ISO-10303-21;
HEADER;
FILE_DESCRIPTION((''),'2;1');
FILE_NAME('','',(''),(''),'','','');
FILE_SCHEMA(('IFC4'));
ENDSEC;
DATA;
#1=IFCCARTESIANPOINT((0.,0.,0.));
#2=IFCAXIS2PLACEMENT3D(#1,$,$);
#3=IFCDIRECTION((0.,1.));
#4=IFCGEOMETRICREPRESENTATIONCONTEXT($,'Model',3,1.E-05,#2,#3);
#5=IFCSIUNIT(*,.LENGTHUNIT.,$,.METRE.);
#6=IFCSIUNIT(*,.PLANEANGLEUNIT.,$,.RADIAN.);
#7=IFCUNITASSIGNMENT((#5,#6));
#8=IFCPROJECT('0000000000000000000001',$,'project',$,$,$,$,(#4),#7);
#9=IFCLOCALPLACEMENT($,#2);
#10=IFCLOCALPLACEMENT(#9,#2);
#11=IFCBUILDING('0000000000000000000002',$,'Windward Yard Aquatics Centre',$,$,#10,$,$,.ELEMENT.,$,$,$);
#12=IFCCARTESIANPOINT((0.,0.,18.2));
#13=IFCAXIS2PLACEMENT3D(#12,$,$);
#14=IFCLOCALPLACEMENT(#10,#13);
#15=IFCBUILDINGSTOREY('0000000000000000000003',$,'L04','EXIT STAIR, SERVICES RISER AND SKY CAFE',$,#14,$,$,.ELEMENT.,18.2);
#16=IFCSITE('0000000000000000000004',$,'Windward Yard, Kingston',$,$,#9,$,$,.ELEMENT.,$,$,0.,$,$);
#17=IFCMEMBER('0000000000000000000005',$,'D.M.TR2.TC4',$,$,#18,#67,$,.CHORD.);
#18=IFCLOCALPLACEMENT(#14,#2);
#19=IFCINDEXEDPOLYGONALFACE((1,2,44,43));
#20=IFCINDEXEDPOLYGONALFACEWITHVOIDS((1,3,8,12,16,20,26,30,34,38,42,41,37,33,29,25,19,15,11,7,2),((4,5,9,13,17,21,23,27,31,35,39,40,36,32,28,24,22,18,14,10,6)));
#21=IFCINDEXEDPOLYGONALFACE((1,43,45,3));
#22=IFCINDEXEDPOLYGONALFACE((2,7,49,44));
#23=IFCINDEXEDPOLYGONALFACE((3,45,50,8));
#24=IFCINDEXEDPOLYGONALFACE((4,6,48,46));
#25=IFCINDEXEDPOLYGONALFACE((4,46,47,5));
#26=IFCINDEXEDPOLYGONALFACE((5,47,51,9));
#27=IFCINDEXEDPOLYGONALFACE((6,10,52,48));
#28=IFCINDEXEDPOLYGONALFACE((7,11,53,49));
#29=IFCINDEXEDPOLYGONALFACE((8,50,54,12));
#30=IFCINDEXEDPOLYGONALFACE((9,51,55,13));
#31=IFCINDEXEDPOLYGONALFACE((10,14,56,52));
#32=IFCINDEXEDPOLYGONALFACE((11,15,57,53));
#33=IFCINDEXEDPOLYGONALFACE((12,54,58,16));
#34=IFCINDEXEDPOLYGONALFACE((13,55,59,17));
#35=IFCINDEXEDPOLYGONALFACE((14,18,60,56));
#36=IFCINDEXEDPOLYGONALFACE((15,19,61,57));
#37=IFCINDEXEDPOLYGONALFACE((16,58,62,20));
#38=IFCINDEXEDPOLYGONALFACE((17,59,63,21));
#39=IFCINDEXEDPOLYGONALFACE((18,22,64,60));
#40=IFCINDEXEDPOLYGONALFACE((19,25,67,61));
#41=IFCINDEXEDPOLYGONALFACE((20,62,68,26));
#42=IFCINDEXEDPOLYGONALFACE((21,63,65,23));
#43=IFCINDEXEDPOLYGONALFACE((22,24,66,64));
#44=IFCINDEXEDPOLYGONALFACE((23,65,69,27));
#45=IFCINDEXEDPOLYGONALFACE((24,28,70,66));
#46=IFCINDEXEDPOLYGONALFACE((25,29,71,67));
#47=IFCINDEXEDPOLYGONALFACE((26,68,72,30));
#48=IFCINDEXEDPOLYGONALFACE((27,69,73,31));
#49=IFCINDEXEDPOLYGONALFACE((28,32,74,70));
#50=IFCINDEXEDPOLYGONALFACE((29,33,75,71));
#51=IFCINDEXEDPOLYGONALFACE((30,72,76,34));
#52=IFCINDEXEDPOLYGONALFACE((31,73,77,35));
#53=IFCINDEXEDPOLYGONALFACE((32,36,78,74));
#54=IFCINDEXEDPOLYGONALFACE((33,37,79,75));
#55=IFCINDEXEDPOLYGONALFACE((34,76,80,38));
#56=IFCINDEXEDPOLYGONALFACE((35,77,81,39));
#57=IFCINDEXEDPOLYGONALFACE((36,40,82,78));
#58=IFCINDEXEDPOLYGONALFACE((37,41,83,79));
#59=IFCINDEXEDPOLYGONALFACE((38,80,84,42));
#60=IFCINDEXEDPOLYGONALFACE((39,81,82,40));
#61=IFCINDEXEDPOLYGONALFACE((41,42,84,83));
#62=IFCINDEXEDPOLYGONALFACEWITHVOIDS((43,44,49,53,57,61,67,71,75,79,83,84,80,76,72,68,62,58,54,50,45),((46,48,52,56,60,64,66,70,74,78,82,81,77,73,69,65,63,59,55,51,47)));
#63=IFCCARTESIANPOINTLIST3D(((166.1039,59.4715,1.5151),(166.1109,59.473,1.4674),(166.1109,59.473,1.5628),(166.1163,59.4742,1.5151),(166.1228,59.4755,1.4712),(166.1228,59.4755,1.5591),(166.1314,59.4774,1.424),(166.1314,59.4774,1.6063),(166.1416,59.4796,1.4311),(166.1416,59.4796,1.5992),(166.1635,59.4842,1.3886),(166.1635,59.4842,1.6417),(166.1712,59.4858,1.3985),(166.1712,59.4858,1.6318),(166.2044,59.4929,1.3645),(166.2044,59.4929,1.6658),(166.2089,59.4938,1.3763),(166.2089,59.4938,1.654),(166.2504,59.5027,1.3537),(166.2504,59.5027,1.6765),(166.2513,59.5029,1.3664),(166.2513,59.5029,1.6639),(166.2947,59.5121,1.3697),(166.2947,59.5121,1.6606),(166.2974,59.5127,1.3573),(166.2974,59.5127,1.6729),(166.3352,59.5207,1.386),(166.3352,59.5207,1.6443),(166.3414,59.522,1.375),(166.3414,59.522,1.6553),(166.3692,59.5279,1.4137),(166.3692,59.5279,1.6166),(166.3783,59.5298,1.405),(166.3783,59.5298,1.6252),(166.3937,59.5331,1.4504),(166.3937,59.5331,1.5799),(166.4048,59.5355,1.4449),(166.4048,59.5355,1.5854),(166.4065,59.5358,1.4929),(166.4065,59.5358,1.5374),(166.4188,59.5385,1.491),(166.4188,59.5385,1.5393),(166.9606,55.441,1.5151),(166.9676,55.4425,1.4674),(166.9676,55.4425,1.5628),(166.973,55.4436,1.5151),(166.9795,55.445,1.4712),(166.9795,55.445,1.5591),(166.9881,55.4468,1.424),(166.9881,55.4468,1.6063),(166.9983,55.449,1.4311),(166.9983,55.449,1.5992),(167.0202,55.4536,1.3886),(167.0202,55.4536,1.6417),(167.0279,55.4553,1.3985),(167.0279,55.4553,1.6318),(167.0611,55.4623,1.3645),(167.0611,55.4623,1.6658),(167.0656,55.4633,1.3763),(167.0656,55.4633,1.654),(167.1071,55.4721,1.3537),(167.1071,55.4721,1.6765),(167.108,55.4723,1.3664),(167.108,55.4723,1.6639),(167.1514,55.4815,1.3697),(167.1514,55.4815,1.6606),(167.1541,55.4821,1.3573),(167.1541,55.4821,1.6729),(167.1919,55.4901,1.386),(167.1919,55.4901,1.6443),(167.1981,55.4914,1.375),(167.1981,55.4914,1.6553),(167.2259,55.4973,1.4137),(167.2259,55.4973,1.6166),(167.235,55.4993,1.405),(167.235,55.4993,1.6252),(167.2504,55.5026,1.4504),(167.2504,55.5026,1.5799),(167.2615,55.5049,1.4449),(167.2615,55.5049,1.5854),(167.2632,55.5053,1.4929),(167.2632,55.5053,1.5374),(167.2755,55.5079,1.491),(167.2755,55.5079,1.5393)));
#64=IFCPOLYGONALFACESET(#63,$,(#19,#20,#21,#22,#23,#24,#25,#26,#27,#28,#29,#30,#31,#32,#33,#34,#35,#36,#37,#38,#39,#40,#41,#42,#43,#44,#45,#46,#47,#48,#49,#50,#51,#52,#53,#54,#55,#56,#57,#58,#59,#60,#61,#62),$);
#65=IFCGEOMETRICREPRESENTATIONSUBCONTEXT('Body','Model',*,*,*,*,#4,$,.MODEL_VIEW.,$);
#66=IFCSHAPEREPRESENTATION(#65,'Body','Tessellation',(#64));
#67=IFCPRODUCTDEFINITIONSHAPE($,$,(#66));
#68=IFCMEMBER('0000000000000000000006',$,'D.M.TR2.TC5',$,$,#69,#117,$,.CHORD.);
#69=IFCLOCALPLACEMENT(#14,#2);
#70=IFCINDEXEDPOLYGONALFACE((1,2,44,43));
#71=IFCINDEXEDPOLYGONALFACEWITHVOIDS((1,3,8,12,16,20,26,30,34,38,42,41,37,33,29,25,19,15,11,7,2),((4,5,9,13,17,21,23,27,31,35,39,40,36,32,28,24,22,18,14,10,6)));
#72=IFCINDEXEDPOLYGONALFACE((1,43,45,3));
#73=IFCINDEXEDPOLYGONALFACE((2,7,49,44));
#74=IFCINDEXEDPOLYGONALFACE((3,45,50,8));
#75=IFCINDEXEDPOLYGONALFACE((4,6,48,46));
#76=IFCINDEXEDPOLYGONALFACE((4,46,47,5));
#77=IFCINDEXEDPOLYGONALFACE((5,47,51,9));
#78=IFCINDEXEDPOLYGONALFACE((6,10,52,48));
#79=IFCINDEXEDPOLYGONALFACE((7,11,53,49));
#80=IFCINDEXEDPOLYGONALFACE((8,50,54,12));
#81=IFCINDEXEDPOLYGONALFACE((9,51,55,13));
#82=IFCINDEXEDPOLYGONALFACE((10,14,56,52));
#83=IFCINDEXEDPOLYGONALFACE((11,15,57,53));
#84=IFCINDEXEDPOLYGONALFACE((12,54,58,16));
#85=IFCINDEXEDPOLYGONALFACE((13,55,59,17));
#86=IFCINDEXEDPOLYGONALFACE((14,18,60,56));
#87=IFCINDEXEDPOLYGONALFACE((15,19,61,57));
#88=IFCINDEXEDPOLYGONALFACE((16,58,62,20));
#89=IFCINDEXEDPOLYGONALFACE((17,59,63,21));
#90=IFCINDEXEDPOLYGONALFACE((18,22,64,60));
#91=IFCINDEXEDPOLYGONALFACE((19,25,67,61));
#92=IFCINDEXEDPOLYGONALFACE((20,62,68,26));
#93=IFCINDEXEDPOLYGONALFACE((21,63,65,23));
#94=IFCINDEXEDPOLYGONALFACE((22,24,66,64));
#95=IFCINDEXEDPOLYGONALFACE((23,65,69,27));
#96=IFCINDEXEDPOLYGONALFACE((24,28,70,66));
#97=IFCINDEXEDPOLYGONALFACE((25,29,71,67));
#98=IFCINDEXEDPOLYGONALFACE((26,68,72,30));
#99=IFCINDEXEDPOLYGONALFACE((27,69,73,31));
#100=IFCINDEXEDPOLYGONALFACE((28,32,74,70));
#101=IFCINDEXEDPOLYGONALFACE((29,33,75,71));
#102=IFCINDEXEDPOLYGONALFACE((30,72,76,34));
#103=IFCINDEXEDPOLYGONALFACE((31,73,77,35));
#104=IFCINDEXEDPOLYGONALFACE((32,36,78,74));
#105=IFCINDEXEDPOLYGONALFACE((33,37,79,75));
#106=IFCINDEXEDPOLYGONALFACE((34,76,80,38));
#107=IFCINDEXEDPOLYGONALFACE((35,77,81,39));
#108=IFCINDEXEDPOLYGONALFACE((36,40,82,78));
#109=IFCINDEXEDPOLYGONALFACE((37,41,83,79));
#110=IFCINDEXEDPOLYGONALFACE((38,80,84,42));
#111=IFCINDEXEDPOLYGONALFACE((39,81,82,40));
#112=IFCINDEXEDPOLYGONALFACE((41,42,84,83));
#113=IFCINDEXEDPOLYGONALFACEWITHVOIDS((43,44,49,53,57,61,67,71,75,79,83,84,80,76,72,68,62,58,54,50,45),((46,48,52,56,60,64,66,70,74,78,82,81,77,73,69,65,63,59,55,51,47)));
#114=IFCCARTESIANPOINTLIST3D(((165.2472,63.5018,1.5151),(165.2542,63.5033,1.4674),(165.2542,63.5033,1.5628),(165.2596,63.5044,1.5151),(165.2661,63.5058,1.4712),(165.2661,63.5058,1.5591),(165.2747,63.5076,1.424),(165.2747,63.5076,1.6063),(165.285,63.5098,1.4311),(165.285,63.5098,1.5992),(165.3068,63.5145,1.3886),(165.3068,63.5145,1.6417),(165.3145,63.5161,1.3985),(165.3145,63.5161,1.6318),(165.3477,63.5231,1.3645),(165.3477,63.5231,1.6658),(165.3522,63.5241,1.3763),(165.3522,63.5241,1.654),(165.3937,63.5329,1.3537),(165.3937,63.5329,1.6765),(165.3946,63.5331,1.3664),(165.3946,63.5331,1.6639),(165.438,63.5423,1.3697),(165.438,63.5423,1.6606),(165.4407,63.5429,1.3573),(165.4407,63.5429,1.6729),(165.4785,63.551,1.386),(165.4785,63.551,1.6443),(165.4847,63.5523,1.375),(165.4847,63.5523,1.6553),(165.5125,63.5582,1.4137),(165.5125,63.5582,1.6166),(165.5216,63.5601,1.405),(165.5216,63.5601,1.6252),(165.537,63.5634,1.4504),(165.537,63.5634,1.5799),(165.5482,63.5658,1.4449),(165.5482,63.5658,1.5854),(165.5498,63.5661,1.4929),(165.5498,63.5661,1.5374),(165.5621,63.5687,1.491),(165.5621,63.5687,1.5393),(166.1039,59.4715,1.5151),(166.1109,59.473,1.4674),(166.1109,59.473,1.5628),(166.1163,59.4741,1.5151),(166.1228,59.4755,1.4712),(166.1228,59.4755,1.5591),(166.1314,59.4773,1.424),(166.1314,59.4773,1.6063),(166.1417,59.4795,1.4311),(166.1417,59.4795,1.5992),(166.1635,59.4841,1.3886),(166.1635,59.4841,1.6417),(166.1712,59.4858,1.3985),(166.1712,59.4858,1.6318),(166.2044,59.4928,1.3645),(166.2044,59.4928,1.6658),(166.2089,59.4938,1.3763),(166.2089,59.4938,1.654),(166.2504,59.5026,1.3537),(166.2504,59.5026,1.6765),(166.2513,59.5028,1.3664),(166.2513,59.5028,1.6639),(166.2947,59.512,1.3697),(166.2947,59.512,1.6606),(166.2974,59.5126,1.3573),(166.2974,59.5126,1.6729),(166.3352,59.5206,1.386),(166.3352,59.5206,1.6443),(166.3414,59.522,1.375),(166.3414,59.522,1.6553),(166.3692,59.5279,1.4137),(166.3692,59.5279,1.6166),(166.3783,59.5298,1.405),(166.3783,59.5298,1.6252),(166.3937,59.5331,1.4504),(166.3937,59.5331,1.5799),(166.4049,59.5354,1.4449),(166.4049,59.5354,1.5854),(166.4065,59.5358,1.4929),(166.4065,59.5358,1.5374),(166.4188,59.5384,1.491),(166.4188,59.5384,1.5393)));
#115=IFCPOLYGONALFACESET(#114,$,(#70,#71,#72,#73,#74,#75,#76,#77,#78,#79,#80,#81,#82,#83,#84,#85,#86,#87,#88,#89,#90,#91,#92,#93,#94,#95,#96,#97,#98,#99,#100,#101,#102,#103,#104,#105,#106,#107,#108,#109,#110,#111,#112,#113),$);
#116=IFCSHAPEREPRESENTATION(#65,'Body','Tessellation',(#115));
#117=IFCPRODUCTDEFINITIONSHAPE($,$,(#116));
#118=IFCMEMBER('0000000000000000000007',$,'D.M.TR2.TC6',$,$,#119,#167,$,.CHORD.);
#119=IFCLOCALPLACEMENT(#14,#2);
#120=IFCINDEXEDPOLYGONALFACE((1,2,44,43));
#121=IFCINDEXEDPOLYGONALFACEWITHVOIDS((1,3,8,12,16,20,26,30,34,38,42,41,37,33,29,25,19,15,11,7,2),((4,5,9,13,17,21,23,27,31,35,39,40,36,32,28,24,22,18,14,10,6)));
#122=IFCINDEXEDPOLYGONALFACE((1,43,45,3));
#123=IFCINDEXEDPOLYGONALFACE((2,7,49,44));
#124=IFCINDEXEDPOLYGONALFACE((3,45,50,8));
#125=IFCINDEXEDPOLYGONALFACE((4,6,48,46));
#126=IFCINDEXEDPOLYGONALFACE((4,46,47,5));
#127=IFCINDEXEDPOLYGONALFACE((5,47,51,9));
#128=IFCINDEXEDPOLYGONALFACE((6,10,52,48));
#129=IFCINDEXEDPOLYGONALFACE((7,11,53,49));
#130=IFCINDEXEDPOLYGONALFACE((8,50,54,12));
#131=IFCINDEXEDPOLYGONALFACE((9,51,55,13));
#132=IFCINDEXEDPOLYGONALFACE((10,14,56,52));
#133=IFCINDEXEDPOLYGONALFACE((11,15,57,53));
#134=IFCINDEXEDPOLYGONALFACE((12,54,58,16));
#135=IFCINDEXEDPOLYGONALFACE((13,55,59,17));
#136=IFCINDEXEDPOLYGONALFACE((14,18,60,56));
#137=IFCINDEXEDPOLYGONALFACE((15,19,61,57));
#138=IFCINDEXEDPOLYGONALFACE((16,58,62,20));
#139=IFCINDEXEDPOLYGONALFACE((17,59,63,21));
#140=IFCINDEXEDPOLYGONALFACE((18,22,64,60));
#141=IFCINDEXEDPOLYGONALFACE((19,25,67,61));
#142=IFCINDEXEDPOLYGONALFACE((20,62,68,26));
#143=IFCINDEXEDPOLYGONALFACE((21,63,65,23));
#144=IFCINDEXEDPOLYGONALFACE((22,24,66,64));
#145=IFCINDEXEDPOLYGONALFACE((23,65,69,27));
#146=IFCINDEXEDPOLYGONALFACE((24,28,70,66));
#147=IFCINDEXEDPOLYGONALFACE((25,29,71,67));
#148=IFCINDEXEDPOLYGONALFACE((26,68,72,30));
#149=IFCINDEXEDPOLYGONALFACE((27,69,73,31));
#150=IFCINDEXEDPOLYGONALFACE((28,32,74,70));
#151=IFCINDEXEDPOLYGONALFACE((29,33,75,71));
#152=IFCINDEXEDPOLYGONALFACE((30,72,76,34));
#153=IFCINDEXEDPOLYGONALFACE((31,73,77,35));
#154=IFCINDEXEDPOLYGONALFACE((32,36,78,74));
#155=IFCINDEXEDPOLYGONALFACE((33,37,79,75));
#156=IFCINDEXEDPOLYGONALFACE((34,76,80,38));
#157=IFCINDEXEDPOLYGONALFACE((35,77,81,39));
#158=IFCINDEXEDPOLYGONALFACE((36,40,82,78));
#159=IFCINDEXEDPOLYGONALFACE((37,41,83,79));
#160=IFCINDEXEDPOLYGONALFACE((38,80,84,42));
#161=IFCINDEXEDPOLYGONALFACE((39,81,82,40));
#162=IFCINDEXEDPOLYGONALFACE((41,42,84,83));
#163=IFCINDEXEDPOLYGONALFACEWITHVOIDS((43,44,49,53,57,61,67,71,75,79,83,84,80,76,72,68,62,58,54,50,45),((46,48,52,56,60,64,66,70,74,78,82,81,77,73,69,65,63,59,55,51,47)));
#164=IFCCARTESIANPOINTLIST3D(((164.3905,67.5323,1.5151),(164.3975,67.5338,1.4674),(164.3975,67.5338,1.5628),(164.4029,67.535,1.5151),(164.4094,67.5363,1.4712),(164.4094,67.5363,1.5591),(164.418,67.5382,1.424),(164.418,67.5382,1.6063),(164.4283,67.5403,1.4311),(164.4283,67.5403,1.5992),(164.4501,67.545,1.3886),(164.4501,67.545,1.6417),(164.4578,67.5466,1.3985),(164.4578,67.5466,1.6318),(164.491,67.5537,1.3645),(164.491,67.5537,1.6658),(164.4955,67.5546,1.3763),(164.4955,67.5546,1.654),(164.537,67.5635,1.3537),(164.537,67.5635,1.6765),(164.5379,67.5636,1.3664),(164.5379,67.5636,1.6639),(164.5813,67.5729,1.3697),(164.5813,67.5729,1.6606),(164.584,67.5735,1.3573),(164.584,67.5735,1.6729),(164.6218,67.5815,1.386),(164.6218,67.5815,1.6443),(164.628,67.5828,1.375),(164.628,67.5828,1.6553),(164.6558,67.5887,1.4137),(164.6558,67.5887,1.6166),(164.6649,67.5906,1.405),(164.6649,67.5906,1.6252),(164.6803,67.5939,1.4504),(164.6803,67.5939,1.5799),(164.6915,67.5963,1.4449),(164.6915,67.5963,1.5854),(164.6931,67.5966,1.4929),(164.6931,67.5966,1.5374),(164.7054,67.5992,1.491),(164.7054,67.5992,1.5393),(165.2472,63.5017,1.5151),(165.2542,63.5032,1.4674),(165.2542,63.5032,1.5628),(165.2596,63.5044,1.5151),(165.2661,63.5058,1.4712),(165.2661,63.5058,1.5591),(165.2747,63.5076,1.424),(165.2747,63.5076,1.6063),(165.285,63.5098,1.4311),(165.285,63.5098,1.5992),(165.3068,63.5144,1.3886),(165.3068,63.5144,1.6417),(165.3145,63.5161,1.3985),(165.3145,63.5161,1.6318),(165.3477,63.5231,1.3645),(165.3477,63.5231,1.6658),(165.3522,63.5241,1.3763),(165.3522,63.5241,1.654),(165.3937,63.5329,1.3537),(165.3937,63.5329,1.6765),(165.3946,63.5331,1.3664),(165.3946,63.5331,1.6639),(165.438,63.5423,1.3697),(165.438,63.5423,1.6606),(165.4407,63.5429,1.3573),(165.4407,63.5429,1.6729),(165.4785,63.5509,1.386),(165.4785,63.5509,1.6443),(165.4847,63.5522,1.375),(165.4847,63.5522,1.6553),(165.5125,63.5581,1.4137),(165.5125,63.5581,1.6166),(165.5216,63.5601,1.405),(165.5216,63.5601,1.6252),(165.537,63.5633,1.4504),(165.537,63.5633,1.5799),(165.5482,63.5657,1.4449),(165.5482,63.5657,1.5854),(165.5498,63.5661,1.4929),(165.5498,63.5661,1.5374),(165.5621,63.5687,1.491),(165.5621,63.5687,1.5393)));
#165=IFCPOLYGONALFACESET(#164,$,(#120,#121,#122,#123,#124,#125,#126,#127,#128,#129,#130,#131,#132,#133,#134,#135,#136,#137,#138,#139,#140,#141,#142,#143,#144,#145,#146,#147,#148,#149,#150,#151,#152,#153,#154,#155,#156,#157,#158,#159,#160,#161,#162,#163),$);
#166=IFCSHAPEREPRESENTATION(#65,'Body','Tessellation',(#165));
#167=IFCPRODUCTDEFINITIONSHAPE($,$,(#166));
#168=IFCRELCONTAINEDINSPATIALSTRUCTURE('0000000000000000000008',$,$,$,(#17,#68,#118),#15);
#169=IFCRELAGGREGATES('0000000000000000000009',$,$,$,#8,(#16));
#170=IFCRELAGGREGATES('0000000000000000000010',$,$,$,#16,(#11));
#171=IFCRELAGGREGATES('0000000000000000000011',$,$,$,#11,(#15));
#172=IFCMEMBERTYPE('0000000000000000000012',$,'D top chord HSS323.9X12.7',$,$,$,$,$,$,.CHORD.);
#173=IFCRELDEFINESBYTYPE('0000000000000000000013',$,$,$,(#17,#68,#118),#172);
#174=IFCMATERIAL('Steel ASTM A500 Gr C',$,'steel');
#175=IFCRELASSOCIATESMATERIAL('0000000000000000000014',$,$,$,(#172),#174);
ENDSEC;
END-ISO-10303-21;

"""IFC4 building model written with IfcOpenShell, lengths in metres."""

from ifc_helpers import new_model, si_unit, direction, frame, origin, origin_2d, place, context, subcontext, project, spatial, hollow_circle, extrude, material, material_profile, profile_set, type_object, element, save


model = new_model("IFC4")

# Units and contexts
model_context = context("Model", 3, precision=1e-05, world=origin(), true_north=direction((0.0, 1.0)))
body_context = subcontext(model_context, "Body", "Model", "MODEL_VIEW")
ifc_project = project(units=[si_unit("LENGTHUNIT", "METRE"), si_unit("PLANEANGLEUNIT", "RADIAN")], contexts=[model_context])

# Site, building, storey
site_placement = place(None, origin())
site = spatial("IfcSite", under=ifc_project, at=site_placement, Name="Windward Yard, Kingston", CompositionType="ELEMENT", RefElevation=0.0)
building_placement = place(site_placement, origin())
building = spatial("IfcBuilding", under=site, at=building_placement, Name="Windward Yard Aquatics Centre", CompositionType="ELEMENT")
storey_placement = place(building_placement, frame((0.0, 0.0, 18.2)))
storey = spatial("IfcBuildingStorey", under=building, at=storey_placement, Name="L04", Description="EXIT STAIR, SERVICES RISER AND SKY CAFE", CompositionType="ELEMENT", Elevation=18.2)

# Members
ifc_material_1 = material(Name="Steel ASTM A500 Gr C", Category="steel")
ifc_material_profile_1 = material_profile(ifc_material_1, hollow_circle(Radius=0.1619, WallThickness=0.0127, at=origin_2d()), Name="HSS323.9X12.7")
ifc_profile_set_1 = profile_set([ifc_material_profile_1], Name="Steel ASTM A500 Gr C")
member_type_1 = type_object("IfcMemberType", Name="D top chord HSS323.9X12.7", PredefinedType="CHORD", material=ifc_profile_set_1)
member_1_placement = place(storey_placement, frame((167.1189, 55.4746, 1.5151), z_axis=(-0.207906, 0.978149, 0.0), x_axis=(-0.978149, -0.207906, 0.0)))
element("IfcMember", 1, at=member_1_placement, inside=storey, type_object=member_type_1, Name="D.M.TR2.TC4", PredefinedType="CHORD", context=body_context, shape_type="SweptSolid", body=[
    extrude(hollow_circle(Radius=0.1619, WallThickness=0.0127, at=origin_2d()), origin(), (0.0, 0.0, 1.0), 4.1206),
])
member_2_placement = place(storey_placement, frame((166.2622, 59.5051, 1.5151), z_axis=(-0.207918, 0.978146, 0.0), x_axis=(-0.978146, -0.207918, 0.0)))
element("IfcMember", 2, at=member_2_placement, inside=storey, type_object=member_type_1, Name="D.M.TR2.TC5", PredefinedType="CHORD", context=body_context, shape_type="SweptSolid", body=[
    extrude(hollow_circle(Radius=0.1619, WallThickness=0.0127, at=origin_2d()), origin(), (0.0, 0.0, 1.0), 4.1204),
])
member_3_placement = place(storey_placement, frame((165.4055, 63.5354, 1.5151), z_axis=(-0.207906, 0.978149, 0.0), x_axis=(-0.978149, -0.207906, 0.0)))
element("IfcMember", 3, at=member_3_placement, inside=storey, type_object=member_type_1, Name="D.M.TR2.TC6", PredefinedType="CHORD", context=body_context, shape_type="SweptSolid", body=[
    extrude(hollow_circle(Radius=0.1619, WallThickness=0.0127, at=origin_2d()), origin(), (0.0, 0.0, 1.0), 4.1206),
])

save(model, "model.ifc")
